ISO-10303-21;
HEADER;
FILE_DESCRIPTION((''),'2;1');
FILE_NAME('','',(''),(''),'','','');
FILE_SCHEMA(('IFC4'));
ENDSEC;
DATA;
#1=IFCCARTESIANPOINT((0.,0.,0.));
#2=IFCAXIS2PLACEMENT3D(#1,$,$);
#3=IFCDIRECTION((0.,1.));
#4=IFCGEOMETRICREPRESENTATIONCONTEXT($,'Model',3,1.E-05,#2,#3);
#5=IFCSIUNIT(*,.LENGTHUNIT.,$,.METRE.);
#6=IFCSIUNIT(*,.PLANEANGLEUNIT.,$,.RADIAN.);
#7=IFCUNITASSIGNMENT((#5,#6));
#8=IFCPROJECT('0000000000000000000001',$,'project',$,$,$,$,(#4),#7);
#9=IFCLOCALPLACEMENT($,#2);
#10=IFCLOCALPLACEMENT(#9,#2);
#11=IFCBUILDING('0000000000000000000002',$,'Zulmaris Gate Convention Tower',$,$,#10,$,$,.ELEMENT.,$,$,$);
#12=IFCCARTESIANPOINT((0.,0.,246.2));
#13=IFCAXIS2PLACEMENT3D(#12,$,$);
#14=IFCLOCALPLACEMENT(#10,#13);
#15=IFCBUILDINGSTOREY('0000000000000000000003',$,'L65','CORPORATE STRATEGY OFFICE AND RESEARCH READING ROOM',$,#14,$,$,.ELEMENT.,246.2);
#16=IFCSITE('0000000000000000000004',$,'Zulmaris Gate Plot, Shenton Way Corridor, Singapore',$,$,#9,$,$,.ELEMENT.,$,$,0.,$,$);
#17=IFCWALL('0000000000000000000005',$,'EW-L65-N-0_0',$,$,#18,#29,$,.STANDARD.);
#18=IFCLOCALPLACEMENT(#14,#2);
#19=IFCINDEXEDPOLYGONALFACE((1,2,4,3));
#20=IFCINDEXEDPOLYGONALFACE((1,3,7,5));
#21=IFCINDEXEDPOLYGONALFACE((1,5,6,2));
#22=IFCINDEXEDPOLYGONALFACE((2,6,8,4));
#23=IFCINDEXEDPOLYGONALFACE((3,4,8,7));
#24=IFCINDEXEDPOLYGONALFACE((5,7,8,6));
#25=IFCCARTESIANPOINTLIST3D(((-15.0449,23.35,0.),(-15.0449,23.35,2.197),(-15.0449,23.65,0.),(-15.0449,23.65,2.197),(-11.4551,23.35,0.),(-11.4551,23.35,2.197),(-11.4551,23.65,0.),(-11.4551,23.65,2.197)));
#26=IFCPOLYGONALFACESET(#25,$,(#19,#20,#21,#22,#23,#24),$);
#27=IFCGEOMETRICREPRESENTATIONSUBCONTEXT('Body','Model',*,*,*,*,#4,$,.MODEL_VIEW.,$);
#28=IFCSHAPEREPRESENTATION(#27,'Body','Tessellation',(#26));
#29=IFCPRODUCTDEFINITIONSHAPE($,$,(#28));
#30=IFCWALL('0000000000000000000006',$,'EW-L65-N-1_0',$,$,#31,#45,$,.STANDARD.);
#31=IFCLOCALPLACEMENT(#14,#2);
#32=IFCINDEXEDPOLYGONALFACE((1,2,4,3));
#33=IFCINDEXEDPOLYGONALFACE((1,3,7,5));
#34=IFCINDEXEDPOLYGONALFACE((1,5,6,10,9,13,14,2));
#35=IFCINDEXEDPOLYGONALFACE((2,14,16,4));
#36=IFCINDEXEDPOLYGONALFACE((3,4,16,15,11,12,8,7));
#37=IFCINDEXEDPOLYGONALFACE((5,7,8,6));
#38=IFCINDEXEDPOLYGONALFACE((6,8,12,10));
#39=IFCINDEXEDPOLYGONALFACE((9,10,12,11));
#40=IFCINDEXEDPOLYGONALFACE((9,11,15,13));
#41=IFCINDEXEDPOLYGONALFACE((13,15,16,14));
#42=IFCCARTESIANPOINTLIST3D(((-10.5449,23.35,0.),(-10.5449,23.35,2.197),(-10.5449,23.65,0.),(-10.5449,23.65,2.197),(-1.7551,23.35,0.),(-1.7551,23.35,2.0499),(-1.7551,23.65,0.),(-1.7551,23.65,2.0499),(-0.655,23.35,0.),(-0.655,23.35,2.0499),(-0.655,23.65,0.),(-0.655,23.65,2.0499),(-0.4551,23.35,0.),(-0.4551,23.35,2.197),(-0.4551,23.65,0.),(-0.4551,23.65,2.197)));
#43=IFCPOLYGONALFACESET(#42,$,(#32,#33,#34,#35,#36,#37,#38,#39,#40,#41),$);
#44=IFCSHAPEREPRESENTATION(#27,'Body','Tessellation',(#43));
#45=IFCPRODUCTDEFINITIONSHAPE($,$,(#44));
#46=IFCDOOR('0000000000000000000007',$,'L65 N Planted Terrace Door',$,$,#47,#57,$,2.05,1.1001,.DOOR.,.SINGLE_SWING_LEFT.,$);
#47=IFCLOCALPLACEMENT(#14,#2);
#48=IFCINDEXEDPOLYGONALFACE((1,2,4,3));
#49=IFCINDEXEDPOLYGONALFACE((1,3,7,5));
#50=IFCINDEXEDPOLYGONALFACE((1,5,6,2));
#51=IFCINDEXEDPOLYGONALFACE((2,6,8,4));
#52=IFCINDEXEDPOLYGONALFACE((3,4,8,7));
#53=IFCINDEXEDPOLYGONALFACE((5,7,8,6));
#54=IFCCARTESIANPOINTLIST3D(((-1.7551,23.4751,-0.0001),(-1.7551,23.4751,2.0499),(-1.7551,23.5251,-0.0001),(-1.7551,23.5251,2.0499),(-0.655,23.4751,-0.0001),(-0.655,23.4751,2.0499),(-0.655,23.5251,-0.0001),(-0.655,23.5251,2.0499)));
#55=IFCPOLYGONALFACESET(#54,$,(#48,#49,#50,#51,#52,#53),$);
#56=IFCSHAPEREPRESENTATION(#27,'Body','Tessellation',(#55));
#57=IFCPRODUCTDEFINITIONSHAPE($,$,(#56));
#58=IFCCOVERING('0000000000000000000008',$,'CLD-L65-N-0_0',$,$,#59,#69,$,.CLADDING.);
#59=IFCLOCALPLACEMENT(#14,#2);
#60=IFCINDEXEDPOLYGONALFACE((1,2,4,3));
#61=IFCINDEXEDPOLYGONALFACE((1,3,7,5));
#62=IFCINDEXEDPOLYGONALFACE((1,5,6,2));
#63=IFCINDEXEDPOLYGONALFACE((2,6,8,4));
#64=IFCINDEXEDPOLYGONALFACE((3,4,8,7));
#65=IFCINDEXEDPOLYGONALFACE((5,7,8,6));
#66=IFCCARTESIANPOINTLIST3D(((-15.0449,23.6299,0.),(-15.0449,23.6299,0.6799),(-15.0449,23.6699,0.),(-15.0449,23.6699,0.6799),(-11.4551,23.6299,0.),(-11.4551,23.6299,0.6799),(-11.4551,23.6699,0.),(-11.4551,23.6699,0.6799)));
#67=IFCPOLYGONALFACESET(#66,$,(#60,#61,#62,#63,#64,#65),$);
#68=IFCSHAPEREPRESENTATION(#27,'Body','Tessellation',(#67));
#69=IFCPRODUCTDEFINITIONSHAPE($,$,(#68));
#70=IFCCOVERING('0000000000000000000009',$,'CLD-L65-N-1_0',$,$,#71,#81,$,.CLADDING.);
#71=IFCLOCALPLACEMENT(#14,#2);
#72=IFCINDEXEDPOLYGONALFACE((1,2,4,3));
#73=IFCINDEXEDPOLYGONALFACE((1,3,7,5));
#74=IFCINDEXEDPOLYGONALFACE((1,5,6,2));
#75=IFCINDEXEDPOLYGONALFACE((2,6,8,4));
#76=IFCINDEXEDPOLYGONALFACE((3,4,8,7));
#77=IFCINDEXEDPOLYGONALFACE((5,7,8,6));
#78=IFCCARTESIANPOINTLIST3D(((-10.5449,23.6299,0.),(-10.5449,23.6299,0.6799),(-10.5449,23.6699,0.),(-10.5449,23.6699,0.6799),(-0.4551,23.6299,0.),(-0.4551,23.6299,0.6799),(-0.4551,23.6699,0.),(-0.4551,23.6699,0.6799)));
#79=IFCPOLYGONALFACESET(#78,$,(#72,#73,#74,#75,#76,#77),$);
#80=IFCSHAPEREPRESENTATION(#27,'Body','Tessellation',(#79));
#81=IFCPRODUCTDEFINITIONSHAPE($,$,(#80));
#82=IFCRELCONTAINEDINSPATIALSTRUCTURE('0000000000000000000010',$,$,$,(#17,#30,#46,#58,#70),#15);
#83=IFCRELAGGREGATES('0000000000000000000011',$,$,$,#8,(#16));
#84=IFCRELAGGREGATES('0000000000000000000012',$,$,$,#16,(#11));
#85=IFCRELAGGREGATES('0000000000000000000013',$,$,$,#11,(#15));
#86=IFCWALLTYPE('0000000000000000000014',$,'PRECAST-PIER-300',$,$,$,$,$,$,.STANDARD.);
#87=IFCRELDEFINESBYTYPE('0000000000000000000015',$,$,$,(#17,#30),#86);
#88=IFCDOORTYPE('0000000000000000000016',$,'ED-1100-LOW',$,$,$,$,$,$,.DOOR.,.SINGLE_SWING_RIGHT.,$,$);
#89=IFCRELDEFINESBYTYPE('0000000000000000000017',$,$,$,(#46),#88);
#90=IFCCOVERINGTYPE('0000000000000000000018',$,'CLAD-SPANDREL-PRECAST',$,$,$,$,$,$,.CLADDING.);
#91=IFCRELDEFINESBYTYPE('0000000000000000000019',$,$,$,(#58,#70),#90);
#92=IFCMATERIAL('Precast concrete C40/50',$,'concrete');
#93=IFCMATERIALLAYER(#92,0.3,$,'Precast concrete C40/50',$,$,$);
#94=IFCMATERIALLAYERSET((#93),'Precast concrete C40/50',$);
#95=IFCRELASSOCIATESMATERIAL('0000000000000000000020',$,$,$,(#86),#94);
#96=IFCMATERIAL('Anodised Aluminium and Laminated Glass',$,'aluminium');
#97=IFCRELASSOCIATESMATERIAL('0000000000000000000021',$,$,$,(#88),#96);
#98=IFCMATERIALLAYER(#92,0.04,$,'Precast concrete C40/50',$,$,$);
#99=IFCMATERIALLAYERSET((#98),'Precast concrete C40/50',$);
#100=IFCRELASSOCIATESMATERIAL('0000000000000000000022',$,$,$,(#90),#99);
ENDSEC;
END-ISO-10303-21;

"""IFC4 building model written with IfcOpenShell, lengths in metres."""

from ifc_helpers import new_model, si_unit, direction, frame, frame_2d, origin, place, context, subcontext, project, spatial, rectangle, extrude, material, layer, layer_set, type_object, element, fill, save


model = new_model("IFC4")

# Units and contexts
model_context = context("Model", 3, precision=1e-05, world=origin(), true_north=direction((0.0, 1.0)))
body_context = subcontext(model_context, "Body", "Model", "MODEL_VIEW")
ifc_project = project(units=[si_unit("LENGTHUNIT", "METRE"), si_unit("PLANEANGLEUNIT", "RADIAN")], contexts=[model_context])

# Site, building, storey
site_placement = place(None, origin())
site = spatial("IfcSite", under=ifc_project, at=site_placement, Name="Zulmaris Gate Plot, Shenton Way Corridor, Singapore", CompositionType="ELEMENT", RefElevation=0.0)
building_placement = place(site_placement, origin())
building = spatial("IfcBuilding", under=site, at=building_placement, Name="Zulmaris Gate Convention Tower", CompositionType="ELEMENT")
storey_placement = place(building_placement, frame((0.0, 0.0, 246.2)))
storey = spatial("IfcBuildingStorey", under=building, at=storey_placement, Name="L65", Description="CORPORATE STRATEGY OFFICE AND RESEARCH READING ROOM", CompositionType="ELEMENT", Elevation=246.2)

# Wall
ifc_material_1 = material(Name="Precast concrete C40/50", Category="concrete")
ifc_layer_1 = layer(ifc_material_1, 0.3, Name="Precast concrete C40/50")
ifc_layer_set_1 = layer_set([ifc_layer_1], Name="Precast concrete C40/50")
wall_type_1 = type_object("IfcWallType", Name="PRECAST-PIER-300", PredefinedType="STANDARD", material=ifc_layer_set_1)
wall_1_placement = place(storey_placement, frame((-11.4551, 23.5, 0.0), z_axis=(0.0, 0.0, 1.0), x_axis=(-1.0, 0.0, 0.0)))
element("IfcWall", 1, at=wall_1_placement, inside=storey, type_object=wall_type_1, Name="EW-L65-N-0_0", PredefinedType="STANDARD", context=body_context, shape_type="SweptSolid", body=[
    extrude(rectangle(XDim=3.5898, YDim=0.3, at=frame_2d((1.7949, 0.0))), origin(), (0.0, 0.0, 1.0), 2.197),
])

# Wall, opening, door
wall_2_placement = place(storey_placement, frame((-0.4551, 23.5, 0.0), z_axis=(0.0, 0.0, 1.0), x_axis=(-1.0, 0.0, 0.0)))
wall_2 = element("IfcWall", 2, at=wall_2_placement, inside=storey, type_object=wall_type_1, Name="EW-L65-N-1_0", PredefinedType="STANDARD", context=body_context, shape_type="SweptSolid", body=[
    extrude(rectangle(XDim=10.0898, YDim=0.3, at=frame_2d((5.0449, 0.0))), origin(), (0.0, 0.0, 1.0), 2.197),
])
opening_1_placement = place(wall_2_placement, frame((0.2, 0.0, 0.0)))
opening_1 = element("IfcOpeningElement", 3, at=opening_1_placement, cuts=wall_2, PredefinedType="OPENING", context=body_context, shape_type="SweptSolid", body=[
    extrude(rectangle(XDim=1.1001, YDim=2.05, at=frame_2d((0.55, 1.0249))), frame((0.0, 0.1602, 0.0), z_axis=(0.0, -1.0, 0.0), x_axis=(1.0, 0.0, 0.0)), (0.0, 0.0, 1.0), 0.3201),
])
ifc_material_2 = material(Name="Anodised Aluminium and Laminated Glass", Category="aluminium")
door_type_1 = type_object("IfcDoorType", Name="ED-1100-LOW", OperationType="SINGLE_SWING_RIGHT", PredefinedType="DOOR", material=ifc_material_2)
door_1_placement = place(opening_1_placement, origin())
door_1 = element("IfcDoor", 4, at=door_1_placement, inside=storey, type_object=door_type_1, Name="L65 N Planted Terrace Door", OperationType="SINGLE_SWING_LEFT", OverallHeight=2.05, OverallWidth=1.1001, PredefinedType="DOOR", context=body_context, shape_type="SweptSolid", body=[
    extrude(rectangle(XDim=1.1001, YDim=2.05, at=frame_2d((0.55, 1.0249))), frame((0.0, 0.0249, 0.0), z_axis=(0.0, -1.0, 0.0), x_axis=(1.0, 0.0, 0.0)), (0.0, 0.0, 1.0), 0.05),
])
fill(opening_1, door_1)

# Coverings
ifc_layer_2 = layer(ifc_material_1, 0.04, Name="Precast concrete C40/50")
ifc_layer_set_2 = layer_set([ifc_layer_2], Name="Precast concrete C40/50")
covering_type = type_object("IfcCoveringType", Name="CLAD-SPANDREL-PRECAST", PredefinedType="CLADDING", material=ifc_layer_set_2)
covering_1_placement = place(storey_placement, frame((-11.4551, 23.6499, 0.0), z_axis=(0.0, 0.0, 1.0), x_axis=(-1.0, 0.0, 0.0)))
element("IfcCovering", 5, at=covering_1_placement, inside=storey, type_object=covering_type, Name="CLD-L65-N-0_0", PredefinedType="CLADDING", context=body_context, shape_type="SweptSolid", body=[
    extrude(rectangle(XDim=3.5898, YDim=0.04, at=frame_2d((1.7949, 0.0))), origin(), (0.0, 0.0, 1.0), 0.6799),
])
covering_2_placement = place(storey_placement, frame((-0.4551, 23.6499, 0.0), z_axis=(0.0, 0.0, 1.0), x_axis=(-1.0, 0.0, 0.0)))
element("IfcCovering", 6, at=covering_2_placement, inside=storey, type_object=covering_type, Name="CLD-L65-N-1_0", PredefinedType="CLADDING", context=body_context, shape_type="SweptSolid", body=[
    extrude(rectangle(XDim=10.0898, YDim=0.04, at=frame_2d((5.0449, 0.0))), origin(), (0.0, 0.0, 1.0), 0.6799),
])

save(model, "model.ifc")
